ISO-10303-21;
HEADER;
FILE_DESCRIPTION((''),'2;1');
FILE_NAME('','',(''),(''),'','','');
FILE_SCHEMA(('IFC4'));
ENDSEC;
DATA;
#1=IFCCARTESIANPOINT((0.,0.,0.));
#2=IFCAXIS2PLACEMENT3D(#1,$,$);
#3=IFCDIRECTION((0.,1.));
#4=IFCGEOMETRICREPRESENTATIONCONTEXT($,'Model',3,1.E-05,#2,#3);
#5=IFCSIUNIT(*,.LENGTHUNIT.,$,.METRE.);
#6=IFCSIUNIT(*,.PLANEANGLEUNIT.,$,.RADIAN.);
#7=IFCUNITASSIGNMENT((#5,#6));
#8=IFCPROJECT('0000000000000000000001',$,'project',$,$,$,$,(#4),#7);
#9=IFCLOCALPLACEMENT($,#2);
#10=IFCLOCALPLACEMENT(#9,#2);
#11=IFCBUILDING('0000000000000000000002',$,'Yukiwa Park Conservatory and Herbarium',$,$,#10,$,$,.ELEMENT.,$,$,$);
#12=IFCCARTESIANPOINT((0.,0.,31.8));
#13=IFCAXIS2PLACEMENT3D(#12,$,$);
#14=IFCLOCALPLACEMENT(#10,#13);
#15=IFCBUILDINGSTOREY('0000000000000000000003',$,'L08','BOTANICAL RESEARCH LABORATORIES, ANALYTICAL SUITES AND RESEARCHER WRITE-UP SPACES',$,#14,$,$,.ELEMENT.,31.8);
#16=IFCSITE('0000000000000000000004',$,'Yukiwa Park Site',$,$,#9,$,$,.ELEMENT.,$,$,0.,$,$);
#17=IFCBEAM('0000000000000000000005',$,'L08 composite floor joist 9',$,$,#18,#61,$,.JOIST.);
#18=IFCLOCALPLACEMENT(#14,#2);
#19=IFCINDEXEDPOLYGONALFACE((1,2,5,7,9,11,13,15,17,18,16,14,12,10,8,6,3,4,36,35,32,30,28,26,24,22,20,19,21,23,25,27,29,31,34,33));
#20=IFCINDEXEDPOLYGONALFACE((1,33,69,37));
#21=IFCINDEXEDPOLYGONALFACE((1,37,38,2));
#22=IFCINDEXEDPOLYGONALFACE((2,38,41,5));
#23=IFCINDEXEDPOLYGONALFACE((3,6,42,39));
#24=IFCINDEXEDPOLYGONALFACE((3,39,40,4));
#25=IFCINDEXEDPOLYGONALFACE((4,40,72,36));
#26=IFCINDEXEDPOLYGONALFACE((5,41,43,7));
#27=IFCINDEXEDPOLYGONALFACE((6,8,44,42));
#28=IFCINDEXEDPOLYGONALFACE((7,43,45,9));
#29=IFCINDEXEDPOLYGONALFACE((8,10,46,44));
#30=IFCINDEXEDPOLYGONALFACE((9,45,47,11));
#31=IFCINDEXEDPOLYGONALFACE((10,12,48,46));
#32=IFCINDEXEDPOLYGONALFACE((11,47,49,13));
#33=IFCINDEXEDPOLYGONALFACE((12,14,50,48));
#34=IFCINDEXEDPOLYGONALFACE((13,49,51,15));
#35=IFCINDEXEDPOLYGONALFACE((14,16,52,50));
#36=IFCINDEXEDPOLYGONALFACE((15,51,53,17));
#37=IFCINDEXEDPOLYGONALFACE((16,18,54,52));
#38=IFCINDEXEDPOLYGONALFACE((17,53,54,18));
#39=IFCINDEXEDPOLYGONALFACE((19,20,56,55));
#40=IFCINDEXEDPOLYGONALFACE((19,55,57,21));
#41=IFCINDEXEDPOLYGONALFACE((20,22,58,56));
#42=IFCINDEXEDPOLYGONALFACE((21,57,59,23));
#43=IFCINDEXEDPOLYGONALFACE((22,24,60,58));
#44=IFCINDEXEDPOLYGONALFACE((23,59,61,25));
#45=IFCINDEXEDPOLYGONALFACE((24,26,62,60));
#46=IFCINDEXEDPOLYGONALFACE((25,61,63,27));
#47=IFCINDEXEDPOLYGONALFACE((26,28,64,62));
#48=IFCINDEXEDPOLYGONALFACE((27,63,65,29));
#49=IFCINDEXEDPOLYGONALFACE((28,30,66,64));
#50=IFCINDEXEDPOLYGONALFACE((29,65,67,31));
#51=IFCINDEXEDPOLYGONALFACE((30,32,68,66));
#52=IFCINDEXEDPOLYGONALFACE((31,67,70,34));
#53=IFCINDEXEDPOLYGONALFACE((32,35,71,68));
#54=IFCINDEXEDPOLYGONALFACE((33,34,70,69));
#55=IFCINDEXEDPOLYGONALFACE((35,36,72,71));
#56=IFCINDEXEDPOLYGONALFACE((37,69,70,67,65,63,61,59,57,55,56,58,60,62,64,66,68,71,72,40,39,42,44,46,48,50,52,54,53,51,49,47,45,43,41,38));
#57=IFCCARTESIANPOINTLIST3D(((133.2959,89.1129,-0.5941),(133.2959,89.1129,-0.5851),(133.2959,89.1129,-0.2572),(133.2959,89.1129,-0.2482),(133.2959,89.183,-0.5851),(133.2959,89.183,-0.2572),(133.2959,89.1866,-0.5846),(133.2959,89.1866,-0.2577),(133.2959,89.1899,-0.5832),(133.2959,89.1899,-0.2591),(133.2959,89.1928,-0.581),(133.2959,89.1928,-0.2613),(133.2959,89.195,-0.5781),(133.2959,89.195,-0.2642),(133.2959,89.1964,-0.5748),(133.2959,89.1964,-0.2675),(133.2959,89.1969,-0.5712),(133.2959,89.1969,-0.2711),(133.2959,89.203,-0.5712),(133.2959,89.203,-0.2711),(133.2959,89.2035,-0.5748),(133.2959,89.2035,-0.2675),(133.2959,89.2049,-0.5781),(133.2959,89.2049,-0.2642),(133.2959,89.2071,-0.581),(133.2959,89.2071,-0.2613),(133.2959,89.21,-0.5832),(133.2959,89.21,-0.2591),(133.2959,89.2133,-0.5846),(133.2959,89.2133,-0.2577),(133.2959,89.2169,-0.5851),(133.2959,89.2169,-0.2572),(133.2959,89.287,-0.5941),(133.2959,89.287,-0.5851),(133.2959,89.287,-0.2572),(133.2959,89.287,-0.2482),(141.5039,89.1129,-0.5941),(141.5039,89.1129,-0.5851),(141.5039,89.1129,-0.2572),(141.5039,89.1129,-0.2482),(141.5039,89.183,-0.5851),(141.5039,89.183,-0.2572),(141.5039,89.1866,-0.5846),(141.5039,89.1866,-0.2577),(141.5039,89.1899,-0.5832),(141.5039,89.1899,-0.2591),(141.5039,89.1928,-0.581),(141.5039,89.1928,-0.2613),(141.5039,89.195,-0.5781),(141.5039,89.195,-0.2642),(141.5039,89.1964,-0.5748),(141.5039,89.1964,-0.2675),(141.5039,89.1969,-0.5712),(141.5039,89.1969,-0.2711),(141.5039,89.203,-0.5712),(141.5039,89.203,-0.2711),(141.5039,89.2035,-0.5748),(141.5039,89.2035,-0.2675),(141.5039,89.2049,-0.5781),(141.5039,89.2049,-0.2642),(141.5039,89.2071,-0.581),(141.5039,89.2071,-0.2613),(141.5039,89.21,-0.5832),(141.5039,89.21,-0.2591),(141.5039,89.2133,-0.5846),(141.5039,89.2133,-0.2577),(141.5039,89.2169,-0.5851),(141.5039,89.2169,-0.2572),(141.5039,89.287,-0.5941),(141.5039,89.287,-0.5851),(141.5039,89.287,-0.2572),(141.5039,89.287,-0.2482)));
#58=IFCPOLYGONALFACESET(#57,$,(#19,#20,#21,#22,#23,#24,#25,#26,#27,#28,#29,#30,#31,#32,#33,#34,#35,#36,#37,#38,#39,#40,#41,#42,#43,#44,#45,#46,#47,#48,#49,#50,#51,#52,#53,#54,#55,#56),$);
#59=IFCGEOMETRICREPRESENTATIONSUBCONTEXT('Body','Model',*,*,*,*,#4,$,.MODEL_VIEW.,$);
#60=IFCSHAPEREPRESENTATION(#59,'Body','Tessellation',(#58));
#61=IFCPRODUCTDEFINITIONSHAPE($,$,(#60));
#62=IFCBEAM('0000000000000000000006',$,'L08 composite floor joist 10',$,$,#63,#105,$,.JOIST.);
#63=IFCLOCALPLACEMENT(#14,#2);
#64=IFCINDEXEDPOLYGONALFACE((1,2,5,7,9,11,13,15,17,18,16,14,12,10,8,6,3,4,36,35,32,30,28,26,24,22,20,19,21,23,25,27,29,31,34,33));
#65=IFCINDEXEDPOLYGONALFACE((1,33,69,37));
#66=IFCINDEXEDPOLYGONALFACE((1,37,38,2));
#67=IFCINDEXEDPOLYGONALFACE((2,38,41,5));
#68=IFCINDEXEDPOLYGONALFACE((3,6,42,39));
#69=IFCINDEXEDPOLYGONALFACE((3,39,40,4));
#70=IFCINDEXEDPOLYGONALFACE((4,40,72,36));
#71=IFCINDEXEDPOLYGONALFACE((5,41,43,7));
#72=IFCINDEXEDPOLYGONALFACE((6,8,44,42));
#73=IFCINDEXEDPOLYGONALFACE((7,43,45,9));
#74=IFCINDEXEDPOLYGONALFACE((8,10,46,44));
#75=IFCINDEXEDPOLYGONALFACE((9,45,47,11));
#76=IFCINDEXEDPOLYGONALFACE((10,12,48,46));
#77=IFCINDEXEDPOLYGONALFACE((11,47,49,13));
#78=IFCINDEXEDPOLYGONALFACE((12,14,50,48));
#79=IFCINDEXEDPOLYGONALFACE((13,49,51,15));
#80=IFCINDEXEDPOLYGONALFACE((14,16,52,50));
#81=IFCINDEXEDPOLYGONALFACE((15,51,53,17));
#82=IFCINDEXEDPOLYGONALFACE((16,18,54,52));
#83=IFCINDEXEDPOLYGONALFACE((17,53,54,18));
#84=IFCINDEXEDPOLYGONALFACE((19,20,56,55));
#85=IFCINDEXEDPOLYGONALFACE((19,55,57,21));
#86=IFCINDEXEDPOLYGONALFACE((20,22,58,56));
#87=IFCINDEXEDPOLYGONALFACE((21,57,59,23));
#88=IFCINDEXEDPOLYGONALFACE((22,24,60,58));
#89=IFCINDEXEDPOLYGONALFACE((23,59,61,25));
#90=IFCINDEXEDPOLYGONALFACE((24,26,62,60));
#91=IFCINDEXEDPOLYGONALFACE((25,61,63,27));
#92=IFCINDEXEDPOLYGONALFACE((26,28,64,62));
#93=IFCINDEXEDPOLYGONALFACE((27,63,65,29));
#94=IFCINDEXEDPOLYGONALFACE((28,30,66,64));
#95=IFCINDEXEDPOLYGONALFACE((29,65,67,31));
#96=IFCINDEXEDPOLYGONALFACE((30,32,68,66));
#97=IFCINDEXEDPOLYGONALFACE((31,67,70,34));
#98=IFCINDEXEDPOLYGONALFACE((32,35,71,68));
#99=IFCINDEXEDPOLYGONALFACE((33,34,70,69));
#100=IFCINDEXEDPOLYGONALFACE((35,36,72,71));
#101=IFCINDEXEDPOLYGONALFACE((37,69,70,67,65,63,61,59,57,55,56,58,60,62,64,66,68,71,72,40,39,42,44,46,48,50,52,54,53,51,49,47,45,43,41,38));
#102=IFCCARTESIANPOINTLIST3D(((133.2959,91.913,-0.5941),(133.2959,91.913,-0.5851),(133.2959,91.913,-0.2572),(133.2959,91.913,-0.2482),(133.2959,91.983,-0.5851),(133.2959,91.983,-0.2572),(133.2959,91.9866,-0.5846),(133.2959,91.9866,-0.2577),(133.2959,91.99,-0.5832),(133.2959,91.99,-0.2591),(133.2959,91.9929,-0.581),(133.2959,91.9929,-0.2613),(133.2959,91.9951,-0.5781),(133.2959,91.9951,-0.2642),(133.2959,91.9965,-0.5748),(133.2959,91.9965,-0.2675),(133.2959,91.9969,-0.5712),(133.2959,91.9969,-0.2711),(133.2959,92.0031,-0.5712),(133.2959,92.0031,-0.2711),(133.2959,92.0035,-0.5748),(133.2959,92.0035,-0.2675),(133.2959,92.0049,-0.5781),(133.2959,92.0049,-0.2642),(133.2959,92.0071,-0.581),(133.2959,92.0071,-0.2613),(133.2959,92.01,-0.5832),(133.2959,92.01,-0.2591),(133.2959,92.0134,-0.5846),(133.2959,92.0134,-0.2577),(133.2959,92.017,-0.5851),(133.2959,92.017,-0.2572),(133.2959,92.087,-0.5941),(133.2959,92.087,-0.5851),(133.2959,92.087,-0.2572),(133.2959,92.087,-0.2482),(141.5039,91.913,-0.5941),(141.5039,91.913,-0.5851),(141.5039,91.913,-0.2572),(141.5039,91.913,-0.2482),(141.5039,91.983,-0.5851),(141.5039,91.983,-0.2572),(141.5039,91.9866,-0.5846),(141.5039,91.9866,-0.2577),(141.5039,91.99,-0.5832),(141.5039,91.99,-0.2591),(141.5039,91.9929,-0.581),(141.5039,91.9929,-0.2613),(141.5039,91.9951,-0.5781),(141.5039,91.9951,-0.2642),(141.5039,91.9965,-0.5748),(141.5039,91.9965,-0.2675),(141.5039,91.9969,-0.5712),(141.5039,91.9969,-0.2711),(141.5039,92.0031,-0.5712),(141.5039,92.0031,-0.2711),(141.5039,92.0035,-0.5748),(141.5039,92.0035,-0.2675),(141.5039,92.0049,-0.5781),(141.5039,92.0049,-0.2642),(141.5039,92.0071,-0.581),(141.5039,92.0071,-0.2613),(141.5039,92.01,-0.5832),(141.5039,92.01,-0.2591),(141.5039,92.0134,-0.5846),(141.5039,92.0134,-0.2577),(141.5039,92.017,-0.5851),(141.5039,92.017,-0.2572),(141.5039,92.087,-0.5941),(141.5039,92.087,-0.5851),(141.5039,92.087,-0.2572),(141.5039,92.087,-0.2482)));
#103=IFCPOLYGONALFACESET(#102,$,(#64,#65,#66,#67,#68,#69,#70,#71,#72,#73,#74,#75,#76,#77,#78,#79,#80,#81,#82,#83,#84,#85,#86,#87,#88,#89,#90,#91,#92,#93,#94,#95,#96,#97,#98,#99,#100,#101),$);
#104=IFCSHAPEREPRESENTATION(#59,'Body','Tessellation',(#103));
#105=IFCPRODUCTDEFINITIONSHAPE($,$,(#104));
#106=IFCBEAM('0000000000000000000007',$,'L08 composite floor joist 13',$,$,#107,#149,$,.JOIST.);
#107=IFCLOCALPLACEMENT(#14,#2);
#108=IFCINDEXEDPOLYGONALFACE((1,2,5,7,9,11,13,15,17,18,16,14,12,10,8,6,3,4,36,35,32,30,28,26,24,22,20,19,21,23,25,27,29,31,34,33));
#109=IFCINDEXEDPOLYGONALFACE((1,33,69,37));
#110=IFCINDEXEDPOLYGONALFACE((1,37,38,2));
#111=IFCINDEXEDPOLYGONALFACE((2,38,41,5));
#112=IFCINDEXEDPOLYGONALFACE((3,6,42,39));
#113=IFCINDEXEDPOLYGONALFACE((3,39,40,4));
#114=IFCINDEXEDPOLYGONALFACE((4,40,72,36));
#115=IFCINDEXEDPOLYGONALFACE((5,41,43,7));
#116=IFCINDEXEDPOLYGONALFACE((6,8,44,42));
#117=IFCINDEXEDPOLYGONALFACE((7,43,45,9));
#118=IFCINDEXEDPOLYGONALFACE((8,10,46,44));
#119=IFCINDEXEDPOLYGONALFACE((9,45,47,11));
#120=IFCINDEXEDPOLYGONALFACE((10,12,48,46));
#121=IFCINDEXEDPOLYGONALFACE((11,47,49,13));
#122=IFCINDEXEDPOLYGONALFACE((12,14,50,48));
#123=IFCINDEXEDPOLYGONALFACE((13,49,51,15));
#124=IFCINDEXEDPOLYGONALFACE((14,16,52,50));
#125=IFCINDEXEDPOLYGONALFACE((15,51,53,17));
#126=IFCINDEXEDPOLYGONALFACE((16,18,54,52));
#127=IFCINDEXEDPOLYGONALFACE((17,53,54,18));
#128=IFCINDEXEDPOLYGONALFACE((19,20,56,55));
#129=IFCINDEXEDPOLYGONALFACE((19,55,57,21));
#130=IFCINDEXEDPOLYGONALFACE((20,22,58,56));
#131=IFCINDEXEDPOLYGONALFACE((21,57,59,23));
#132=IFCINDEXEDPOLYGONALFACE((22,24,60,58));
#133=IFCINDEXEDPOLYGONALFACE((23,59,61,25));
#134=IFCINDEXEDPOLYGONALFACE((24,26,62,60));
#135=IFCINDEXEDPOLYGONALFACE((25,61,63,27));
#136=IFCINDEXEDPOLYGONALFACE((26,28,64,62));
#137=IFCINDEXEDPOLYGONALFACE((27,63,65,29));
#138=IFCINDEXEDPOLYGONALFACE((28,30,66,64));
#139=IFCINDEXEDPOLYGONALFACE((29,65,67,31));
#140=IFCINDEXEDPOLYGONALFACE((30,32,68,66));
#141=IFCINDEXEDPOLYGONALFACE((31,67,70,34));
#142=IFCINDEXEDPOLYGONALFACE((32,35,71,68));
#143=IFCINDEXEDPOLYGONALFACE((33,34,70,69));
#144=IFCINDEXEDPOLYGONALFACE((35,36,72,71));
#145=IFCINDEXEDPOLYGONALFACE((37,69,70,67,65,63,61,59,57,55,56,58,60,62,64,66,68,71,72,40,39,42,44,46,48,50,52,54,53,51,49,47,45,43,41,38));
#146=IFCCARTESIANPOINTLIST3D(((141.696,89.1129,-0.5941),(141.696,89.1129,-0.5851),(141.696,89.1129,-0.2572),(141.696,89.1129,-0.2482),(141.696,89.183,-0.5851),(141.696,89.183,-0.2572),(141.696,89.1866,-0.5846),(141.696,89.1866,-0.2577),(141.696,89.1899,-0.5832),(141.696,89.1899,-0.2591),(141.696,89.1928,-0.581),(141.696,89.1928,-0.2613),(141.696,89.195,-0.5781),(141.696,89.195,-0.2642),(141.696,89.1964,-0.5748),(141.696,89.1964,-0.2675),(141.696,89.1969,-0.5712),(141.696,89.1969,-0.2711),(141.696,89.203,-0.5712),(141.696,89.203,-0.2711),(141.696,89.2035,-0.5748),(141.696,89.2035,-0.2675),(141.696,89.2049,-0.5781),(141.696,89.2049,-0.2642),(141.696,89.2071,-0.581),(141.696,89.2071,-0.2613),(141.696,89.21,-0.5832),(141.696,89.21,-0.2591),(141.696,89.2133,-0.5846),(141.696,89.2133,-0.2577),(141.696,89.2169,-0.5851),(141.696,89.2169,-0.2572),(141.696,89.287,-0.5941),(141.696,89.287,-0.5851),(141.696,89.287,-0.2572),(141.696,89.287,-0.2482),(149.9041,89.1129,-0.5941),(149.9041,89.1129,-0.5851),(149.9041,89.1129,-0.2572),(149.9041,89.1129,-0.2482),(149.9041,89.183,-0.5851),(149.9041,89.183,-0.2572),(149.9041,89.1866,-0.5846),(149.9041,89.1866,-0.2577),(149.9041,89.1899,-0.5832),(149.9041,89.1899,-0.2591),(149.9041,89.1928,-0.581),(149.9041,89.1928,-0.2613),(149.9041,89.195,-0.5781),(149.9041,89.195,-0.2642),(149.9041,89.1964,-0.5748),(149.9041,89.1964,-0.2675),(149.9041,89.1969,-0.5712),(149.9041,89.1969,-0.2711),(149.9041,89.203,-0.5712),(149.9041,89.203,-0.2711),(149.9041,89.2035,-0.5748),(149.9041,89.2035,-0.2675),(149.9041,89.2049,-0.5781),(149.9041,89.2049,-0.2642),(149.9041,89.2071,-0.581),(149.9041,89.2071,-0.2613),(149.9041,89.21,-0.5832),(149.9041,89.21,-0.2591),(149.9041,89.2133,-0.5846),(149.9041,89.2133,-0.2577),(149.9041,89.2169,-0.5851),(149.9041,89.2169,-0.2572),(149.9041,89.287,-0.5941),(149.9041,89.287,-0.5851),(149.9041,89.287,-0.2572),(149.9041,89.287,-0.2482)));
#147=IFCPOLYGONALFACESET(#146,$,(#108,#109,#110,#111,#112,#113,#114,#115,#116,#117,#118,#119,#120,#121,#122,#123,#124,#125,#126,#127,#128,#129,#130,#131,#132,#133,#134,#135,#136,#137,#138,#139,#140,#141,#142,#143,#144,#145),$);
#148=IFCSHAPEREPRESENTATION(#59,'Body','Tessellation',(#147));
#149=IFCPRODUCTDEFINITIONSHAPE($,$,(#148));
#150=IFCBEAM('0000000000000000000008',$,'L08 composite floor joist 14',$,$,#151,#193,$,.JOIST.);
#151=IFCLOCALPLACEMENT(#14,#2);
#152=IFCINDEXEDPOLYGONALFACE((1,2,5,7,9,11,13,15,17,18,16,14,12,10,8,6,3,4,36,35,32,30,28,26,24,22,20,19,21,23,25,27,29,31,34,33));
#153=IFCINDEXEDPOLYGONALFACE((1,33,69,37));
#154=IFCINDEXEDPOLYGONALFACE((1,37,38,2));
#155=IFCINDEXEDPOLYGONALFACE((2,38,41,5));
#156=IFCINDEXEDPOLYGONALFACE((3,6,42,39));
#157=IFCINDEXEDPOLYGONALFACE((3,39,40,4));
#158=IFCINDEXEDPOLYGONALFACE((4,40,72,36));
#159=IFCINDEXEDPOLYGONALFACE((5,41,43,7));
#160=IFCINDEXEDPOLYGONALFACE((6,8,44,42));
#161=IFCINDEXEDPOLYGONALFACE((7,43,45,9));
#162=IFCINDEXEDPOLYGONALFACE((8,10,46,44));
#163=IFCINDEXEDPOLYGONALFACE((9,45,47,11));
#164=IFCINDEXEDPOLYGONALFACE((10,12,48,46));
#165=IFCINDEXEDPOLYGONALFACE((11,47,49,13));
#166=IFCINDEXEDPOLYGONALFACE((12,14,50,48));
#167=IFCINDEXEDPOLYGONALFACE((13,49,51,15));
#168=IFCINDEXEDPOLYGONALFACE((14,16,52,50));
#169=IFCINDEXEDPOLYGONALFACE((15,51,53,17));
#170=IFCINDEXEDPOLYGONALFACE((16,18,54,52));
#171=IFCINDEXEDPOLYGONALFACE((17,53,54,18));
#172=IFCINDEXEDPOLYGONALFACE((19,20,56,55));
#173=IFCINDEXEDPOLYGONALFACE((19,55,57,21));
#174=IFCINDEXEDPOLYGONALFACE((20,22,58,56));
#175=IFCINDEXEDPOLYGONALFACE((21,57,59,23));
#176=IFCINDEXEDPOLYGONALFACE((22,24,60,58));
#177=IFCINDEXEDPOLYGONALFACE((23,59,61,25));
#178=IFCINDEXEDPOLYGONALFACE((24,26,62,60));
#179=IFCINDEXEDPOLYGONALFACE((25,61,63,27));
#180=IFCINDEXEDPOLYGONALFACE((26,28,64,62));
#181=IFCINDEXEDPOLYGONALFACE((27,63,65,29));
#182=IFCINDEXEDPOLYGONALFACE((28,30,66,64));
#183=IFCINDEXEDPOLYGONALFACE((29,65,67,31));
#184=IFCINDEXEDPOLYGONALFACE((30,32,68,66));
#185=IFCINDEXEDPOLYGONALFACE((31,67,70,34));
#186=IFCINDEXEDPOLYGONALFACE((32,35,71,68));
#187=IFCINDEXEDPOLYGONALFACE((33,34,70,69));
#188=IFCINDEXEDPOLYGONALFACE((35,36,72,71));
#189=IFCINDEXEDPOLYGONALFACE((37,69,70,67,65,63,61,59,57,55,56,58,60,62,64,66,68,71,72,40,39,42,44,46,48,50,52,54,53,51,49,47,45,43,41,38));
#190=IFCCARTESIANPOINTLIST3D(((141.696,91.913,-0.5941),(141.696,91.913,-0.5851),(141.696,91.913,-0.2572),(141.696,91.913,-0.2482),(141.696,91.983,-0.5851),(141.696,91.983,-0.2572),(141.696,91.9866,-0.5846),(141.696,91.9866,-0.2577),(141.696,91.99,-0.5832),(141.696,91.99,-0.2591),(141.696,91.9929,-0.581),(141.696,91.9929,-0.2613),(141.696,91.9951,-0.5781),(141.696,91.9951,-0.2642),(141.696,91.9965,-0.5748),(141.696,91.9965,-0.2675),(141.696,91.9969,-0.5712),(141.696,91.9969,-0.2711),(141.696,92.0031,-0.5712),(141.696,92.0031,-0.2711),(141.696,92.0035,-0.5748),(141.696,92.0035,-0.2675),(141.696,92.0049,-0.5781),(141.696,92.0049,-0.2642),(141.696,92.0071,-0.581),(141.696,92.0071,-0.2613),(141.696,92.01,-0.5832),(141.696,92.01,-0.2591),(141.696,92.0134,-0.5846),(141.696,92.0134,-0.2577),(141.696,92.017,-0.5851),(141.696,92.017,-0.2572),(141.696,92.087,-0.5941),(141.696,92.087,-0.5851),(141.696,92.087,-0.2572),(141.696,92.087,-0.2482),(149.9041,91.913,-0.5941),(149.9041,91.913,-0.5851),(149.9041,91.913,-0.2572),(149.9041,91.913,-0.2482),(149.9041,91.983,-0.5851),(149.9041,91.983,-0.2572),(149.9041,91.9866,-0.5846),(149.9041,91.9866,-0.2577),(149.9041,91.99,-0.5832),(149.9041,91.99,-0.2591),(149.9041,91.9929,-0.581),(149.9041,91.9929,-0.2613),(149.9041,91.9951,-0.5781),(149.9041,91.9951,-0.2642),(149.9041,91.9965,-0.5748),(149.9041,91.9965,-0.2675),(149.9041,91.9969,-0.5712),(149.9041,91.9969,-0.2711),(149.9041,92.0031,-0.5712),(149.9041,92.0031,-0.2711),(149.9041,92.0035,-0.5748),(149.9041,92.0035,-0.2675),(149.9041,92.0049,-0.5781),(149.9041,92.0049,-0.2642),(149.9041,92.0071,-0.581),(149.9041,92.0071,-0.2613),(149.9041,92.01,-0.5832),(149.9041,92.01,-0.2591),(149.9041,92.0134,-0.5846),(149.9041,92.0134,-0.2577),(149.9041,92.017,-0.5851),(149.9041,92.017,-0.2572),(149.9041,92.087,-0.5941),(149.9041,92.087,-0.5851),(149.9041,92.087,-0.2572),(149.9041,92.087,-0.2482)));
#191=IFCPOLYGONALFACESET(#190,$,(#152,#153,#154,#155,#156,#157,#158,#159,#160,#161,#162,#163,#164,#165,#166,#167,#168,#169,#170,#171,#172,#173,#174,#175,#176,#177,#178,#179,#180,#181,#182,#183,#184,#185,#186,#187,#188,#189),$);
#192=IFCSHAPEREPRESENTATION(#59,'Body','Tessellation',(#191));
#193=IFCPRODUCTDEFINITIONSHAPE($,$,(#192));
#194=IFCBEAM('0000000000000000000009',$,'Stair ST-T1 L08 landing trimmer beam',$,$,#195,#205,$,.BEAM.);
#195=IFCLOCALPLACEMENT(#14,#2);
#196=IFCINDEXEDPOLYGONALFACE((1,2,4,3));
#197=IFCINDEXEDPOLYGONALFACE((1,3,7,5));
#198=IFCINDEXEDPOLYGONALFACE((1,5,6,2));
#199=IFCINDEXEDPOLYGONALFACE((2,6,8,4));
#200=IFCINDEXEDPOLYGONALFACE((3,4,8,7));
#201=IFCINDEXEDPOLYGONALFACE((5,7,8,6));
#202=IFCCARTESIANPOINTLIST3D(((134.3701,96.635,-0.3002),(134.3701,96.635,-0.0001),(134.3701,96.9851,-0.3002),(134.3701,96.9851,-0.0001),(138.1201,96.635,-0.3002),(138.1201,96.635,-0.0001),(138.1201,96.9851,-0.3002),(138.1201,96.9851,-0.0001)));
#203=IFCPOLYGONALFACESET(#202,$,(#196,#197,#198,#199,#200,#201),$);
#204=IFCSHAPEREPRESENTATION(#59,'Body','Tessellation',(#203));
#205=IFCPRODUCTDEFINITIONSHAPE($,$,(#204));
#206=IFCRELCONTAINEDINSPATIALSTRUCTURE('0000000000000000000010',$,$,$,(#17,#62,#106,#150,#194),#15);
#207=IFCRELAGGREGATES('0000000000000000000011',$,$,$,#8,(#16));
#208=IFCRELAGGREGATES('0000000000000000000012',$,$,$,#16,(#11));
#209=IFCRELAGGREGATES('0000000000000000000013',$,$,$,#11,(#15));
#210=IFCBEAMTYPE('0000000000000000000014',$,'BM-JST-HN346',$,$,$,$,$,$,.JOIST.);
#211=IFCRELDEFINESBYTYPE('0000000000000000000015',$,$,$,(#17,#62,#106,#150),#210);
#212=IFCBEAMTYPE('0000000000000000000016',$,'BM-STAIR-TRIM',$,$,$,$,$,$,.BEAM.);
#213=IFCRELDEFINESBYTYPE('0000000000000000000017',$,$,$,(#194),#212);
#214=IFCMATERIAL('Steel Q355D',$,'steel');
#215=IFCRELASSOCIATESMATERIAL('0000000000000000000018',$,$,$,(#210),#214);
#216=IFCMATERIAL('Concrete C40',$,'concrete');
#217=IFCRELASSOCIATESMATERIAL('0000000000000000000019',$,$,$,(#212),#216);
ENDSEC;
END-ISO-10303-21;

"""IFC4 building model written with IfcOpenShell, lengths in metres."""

from ifc_helpers import new_model, si_unit, direction, frame, origin, origin_2d, place, context, subcontext, project, spatial, rectangle, i_section, extrude, material, material_profile, profile_set, type_object, element, save


model = new_model("IFC4")

# Units and contexts
model_context = context("Model", 3, precision=1e-05, world=origin(), true_north=direction((0.0, 1.0)))
body_context = subcontext(model_context, "Body", "Model", "MODEL_VIEW")
ifc_project = project(units=[si_unit("LENGTHUNIT", "METRE"), si_unit("PLANEANGLEUNIT", "RADIAN")], contexts=[model_context])

# Site, building, storey
site_placement = place(None, origin())
site = spatial("IfcSite", under=ifc_project, at=site_placement, Name="Yukiwa Park Site", CompositionType="ELEMENT", RefElevation=0.0)
building_placement = place(site_placement, origin())
building = spatial("IfcBuilding", under=site, at=building_placement, Name="Yukiwa Park Conservatory and Herbarium", CompositionType="ELEMENT")
storey_placement = place(building_placement, frame((0.0, 0.0, 31.8)))
storey = spatial("IfcBuildingStorey", under=building, at=storey_placement, Name="L08", Description="BOTANICAL RESEARCH LABORATORIES, ANALYTICAL SUITES AND RESEARCHER WRITE-UP SPACES", CompositionType="ELEMENT", Elevation=31.8)

# Beams
ifc_material_1 = material(Name="Steel Q355D", Category="steel")
ifc_material_profile_1 = material_profile(ifc_material_1, i_section(OverallWidth=0.1741, OverallDepth=0.3459, WebThickness=0.0061, FlangeThickness=0.009, FilletRadius=0.0139, at=origin_2d()), Name="HN 346x174x6x9")
ifc_profile_set_1 = profile_set([ifc_material_profile_1], Name="Steel Q355D")
beam_type_1 = type_object("IfcBeamType", Name="BM-JST-HN346", PredefinedType="JOIST", material=ifc_profile_set_1)
for number, where, z_axis, x_axis, name in (
    (1, (133.2959, 89.2, -0.4211), (1.0, 0.0, 0.0), (0.0, 1.0, 0.0), "L08 composite floor joist 9"),
    (2, (133.2959, 92.0, -0.4211), (1.0, 0.0, 0.0), (0.0, 1.0, 0.0), "L08 composite floor joist 10"),
    (3, (141.696, 89.2, -0.4211), (1.0, 0.0, 0.0), (0.0, 1.0, 0.0), "L08 composite floor joist 13"),
    (4, (141.696, 92.0, -0.4211), (1.0, 0.0, 0.0), (0.0, 1.0, 0.0), "L08 composite floor joist 14"),
):
    element("IfcBeam", number, at=place(storey_placement, frame(where, z_axis=z_axis, x_axis=x_axis)), inside=storey, type_object=beam_type_1, Name=name, PredefinedType="JOIST", context=body_context, shape_type="SweptSolid", body=[
        extrude(i_section(OverallWidth=0.1741, OverallDepth=0.3459, WebThickness=0.0061, FlangeThickness=0.009, FilletRadius=0.0139, at=origin_2d()), origin(), (0.0, 0.0, 1.0), 8.208),
    ])
ifc_material_2 = material(Name="Concrete C40", Category="concrete")
ifc_material_profile_2 = material_profile(ifc_material_2, rectangle(XDim=0.3501, YDim=0.3, at=origin_2d()), Name="RC 350x300")
ifc_profile_set_2 = profile_set([ifc_material_profile_2], Name="Concrete C40")
beam_type_2 = type_object("IfcBeamType", Name="BM-STAIR-TRIM", PredefinedType="BEAM", material=ifc_profile_set_2)
beam_1_placement = place(storey_placement, frame((134.3701, 96.8101, -0.1501), z_axis=(1.0, 0.0, 0.0), x_axis=(0.0, 1.0, 0.0)))
element("IfcBeam", 5, at=beam_1_placement, inside=storey, type_object=beam_type_2, Name="Stair ST-T1 L08 landing trimmer beam", PredefinedType="BEAM", context=body_context, shape_type="SweptSolid", body=[
    extrude(rectangle(XDim=0.3501, YDim=0.3, at=origin_2d()), origin(), (0.0, 0.0, 1.0), 3.75),
])

save(model, "model.ifc")
